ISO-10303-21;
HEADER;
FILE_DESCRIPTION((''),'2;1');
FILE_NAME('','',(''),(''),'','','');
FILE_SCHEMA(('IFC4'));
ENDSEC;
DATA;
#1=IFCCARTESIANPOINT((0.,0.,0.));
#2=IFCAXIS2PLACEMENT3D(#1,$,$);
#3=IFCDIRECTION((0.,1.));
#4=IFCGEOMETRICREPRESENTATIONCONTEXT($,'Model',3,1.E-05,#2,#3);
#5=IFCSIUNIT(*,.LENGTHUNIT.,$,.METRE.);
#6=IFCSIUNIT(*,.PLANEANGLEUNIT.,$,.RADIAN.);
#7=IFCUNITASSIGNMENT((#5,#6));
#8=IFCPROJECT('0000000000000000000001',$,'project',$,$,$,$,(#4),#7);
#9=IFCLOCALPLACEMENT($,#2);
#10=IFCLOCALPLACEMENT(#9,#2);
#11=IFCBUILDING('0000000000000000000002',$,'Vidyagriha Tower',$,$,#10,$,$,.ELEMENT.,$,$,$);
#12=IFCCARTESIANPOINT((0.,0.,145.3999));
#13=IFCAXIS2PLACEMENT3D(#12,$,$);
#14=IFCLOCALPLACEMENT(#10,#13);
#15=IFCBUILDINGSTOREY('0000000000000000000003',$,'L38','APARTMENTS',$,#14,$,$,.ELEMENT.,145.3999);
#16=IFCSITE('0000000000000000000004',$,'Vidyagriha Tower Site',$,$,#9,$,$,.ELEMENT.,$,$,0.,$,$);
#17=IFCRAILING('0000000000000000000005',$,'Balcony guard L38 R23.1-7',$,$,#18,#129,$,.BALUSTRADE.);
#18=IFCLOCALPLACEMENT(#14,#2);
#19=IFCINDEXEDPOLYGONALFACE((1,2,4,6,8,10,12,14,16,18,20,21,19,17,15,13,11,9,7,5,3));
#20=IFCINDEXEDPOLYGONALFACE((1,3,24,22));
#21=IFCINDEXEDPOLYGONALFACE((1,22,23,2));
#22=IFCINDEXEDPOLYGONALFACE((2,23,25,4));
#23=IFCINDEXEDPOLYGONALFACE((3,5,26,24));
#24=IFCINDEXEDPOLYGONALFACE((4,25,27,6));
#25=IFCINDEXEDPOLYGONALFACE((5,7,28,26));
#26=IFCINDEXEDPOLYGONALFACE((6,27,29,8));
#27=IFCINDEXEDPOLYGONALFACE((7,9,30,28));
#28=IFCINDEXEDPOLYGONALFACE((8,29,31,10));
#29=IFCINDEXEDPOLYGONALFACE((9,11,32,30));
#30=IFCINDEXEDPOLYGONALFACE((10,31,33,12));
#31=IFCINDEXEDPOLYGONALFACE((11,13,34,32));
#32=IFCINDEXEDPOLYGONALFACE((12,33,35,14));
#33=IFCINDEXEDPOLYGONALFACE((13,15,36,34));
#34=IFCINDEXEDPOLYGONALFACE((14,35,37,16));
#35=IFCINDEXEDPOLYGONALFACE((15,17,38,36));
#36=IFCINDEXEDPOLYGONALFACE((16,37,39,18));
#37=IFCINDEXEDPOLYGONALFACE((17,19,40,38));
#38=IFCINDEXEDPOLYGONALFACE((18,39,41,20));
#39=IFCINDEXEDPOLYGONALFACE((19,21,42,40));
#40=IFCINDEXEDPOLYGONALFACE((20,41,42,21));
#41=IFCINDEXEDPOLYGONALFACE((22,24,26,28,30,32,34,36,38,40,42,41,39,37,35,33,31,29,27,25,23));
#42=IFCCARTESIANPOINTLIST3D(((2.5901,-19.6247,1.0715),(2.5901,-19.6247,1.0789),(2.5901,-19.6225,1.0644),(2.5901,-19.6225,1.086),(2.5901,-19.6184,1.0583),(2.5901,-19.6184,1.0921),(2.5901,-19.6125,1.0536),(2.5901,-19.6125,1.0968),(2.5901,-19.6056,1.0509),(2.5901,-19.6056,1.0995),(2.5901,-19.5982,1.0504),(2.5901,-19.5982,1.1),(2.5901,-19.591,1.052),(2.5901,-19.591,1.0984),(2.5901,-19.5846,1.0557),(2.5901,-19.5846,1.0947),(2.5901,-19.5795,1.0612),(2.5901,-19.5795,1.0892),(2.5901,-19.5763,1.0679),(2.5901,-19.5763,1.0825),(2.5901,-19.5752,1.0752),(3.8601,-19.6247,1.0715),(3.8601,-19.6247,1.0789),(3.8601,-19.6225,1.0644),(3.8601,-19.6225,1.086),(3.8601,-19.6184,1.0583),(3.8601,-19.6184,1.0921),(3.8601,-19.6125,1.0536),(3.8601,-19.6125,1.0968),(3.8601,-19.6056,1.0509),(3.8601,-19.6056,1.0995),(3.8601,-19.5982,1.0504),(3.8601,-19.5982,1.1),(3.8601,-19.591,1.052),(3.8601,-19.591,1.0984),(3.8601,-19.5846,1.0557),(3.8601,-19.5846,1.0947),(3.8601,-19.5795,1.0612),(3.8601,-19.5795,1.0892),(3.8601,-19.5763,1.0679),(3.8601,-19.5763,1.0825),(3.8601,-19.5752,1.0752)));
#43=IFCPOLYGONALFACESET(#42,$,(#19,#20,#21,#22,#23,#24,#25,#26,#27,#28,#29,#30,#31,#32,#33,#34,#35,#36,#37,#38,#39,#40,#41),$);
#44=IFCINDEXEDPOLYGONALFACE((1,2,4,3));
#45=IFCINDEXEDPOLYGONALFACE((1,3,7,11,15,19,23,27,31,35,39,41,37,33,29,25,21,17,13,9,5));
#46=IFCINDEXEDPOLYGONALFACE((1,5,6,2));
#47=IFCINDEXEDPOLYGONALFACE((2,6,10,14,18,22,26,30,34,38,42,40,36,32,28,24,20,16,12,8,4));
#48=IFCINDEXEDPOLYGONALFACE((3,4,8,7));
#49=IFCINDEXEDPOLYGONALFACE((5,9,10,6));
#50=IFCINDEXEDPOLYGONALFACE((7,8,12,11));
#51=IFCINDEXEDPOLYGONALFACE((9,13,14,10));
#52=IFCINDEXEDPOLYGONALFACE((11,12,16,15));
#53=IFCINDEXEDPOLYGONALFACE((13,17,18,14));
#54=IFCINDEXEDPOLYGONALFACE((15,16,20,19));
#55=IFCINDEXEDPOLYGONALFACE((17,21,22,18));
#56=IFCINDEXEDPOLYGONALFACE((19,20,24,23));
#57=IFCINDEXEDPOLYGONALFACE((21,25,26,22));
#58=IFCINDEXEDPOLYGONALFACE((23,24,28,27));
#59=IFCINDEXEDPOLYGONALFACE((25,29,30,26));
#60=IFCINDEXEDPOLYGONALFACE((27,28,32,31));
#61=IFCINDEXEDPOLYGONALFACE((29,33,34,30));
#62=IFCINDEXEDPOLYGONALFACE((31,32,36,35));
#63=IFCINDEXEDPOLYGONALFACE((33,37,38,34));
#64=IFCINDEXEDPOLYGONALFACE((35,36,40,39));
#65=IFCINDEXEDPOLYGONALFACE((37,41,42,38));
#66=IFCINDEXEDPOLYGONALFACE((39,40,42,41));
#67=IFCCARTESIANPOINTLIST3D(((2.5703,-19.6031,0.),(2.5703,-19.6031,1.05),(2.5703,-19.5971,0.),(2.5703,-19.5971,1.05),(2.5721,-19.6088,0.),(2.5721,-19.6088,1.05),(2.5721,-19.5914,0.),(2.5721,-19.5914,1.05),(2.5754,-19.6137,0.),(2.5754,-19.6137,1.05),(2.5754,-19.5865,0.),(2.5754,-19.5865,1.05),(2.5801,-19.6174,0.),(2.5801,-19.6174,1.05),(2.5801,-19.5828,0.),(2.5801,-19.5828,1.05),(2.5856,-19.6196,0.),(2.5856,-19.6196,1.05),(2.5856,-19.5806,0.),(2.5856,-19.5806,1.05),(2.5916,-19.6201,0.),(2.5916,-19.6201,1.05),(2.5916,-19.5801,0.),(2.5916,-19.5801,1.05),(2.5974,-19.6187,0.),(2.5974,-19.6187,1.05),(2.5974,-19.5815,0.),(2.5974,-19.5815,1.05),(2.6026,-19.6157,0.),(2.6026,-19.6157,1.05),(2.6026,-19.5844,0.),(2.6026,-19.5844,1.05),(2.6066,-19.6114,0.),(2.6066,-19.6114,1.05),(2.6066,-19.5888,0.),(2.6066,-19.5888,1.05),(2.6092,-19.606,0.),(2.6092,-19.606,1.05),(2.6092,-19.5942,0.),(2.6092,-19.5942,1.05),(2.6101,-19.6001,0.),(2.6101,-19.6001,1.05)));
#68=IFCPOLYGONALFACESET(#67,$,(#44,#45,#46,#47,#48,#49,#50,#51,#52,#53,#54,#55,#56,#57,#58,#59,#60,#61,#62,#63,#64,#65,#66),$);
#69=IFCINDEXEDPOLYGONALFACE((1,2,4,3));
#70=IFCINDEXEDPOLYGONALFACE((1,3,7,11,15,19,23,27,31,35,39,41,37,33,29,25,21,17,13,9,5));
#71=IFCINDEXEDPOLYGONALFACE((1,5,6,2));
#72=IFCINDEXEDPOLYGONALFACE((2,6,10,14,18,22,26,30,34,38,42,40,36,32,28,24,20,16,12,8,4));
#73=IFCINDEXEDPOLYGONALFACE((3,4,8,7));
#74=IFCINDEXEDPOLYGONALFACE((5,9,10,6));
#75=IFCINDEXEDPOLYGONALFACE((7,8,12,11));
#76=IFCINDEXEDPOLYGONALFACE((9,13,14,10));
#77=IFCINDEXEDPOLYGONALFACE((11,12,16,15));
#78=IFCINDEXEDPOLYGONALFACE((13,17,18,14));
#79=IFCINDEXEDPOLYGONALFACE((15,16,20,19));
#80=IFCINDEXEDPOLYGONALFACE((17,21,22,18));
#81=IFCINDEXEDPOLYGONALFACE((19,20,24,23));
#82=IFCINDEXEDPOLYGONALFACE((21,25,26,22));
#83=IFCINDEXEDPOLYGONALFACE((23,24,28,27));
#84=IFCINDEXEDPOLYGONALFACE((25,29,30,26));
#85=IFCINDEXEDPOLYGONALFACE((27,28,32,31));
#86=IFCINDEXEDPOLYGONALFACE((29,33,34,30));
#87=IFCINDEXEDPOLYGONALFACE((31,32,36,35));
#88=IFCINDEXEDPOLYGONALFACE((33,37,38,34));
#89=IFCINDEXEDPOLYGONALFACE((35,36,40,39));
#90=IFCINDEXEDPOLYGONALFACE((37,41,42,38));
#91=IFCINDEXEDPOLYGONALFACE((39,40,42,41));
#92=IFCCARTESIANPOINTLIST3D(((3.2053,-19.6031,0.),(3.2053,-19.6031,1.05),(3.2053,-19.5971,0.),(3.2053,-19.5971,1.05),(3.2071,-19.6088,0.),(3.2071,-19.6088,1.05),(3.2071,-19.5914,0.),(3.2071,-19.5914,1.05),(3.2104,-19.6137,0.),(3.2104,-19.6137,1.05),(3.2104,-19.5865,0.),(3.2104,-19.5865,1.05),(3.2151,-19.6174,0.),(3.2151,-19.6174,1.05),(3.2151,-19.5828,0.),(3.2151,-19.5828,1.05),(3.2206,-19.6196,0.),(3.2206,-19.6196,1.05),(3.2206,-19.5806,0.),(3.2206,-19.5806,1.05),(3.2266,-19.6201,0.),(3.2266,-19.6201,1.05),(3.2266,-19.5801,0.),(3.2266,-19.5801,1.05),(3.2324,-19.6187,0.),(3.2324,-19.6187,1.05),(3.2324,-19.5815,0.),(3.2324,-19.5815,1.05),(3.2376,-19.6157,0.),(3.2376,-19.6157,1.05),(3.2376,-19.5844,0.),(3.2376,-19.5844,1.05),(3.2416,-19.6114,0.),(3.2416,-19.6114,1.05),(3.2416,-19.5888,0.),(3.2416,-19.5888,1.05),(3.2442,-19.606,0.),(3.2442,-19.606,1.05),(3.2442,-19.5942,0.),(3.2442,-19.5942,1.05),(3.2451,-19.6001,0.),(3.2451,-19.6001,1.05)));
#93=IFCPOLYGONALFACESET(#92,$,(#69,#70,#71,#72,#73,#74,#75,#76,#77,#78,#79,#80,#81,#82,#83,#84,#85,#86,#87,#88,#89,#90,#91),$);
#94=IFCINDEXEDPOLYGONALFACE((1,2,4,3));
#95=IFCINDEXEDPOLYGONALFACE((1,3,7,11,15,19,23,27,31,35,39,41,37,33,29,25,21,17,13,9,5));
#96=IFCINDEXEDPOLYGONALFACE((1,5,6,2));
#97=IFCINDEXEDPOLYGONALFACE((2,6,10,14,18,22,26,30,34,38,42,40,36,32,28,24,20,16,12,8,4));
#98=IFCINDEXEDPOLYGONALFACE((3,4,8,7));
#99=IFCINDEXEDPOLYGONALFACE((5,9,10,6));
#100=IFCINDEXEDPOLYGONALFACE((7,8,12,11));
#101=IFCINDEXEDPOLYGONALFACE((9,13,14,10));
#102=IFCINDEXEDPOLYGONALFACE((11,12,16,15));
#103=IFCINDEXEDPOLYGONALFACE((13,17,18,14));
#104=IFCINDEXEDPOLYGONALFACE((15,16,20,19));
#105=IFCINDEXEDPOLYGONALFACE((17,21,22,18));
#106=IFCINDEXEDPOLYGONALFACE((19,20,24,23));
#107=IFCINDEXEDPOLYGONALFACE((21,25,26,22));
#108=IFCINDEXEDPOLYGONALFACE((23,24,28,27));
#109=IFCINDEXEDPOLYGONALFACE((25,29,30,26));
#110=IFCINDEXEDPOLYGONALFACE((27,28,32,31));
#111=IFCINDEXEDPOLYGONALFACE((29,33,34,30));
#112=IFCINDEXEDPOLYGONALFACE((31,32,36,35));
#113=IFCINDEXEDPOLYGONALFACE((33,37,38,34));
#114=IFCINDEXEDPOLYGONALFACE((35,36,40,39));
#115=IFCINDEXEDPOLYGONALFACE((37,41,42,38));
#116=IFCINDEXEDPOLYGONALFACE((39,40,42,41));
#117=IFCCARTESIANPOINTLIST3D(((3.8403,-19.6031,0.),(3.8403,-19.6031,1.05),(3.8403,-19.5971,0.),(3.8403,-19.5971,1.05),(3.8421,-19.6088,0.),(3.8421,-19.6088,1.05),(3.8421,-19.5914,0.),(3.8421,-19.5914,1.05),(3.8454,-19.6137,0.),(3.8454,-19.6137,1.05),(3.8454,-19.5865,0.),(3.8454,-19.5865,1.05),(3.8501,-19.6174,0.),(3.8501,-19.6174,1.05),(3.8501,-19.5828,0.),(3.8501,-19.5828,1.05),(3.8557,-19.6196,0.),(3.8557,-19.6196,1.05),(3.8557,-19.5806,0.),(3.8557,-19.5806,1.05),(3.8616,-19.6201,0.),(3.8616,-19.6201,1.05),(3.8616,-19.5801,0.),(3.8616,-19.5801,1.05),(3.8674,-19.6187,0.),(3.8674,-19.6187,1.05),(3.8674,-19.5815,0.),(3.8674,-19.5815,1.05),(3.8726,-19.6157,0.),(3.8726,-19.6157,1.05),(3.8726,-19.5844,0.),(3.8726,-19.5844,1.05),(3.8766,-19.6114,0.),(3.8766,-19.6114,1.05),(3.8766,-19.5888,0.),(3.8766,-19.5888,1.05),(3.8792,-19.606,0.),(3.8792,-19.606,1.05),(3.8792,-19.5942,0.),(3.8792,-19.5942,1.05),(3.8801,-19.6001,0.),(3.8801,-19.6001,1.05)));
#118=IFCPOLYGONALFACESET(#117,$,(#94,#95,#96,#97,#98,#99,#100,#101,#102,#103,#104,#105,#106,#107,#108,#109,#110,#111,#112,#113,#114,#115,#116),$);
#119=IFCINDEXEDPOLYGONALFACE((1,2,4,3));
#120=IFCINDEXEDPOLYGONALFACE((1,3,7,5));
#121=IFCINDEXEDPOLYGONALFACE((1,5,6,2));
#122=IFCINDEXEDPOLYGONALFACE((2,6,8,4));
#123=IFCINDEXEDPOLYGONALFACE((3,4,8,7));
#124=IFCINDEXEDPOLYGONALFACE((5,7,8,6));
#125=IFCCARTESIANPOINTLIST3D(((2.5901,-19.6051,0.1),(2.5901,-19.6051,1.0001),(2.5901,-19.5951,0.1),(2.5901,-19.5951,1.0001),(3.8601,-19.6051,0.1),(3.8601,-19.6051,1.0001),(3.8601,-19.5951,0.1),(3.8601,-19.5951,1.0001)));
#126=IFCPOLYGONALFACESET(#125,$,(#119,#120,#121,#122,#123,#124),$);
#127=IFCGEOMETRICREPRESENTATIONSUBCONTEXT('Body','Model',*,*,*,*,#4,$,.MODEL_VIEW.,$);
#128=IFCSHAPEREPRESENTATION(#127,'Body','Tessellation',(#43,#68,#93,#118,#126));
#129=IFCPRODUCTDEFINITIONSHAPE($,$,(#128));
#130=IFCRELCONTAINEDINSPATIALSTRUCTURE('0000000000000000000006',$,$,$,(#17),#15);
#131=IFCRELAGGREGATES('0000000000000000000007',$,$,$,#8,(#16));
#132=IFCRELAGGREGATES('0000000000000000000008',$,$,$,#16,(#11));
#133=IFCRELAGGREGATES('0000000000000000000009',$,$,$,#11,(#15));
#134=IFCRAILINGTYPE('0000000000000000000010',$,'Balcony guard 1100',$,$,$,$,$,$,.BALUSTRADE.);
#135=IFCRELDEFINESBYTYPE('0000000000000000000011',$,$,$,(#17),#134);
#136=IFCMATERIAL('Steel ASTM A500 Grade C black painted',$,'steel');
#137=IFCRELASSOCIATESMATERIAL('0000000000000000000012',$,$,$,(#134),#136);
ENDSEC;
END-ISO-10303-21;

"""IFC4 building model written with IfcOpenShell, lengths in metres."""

from ifc_helpers import new_model, si_unit, direction, frame, origin, origin_2d, place, context, subcontext, project, spatial, rectangle, circle, extrude, material, type_object, element, save


model = new_model("IFC4")

# Units and contexts
model_context = context("Model", 3, precision=1e-05, world=origin(), true_north=direction((0.0, 1.0)))
body_context = subcontext(model_context, "Body", "Model", "MODEL_VIEW")
ifc_project = project(units=[si_unit("LENGTHUNIT", "METRE"), si_unit("PLANEANGLEUNIT", "RADIAN")], contexts=[model_context])

# Site, building, storey
site_placement = place(None, origin())
site = spatial("IfcSite", under=ifc_project, at=site_placement, Name="Vidyagriha Tower Site", CompositionType="ELEMENT", RefElevation=0.0)
building_placement = place(site_placement, origin())
building = spatial("IfcBuilding", under=site, at=building_placement, Name="Vidyagriha Tower", CompositionType="ELEMENT")
storey_placement = place(building_placement, frame((0.0, 0.0, 145.3999)))
storey = spatial("IfcBuildingStorey", under=building, at=storey_placement, Name="L38", Description="APARTMENTS", CompositionType="ELEMENT", Elevation=145.3999)

# Railing
ifc_material_1 = material(Name="Steel ASTM A500 Grade C black painted", Category="steel")
railing_type = type_object("IfcRailingType", Name="Balcony guard 1100", PredefinedType="BALUSTRADE", material=ifc_material_1)
railing_1_placement = place(storey_placement, frame((2.5901, -19.6001, 0.0)))
element("IfcRailing", 1, at=railing_1_placement, inside=storey, type_object=railing_type, Name="Balcony guard L38 R23.1-7", PredefinedType="BALUSTRADE", context=body_context, shape_type="SweptSolid", body=[
    extrude(circle(Radius=0.0249, at=origin_2d()), frame((0.0, 0.0, 1.0752), z_axis=(1.0, 0.0, 0.0), x_axis=(0.0, 1.0, 0.0)), (0.0, 0.0, 1.0), 1.27),
    extrude(circle(Radius=0.02, at=origin_2d()), origin(), (0.0, 0.0, 1.0), 1.05),
    extrude(circle(Radius=0.02, at=origin_2d()), frame((0.635, 0.0, 0.0)), (0.0, 0.0, 1.0), 1.05),
    extrude(circle(Radius=0.02, at=origin_2d()), frame((1.27, 0.0, 0.0)), (0.0, 0.0, 1.0), 1.05),
    extrude(rectangle(XDim=0.01, YDim=0.9001, at=origin_2d()), frame((0.0, 0.0, 0.55), z_axis=(1.0, 0.0, 0.0), x_axis=(0.0, 1.0, 0.0)), (0.0, 0.0, 1.0), 1.27),
])

save(model, "model.ifc")
